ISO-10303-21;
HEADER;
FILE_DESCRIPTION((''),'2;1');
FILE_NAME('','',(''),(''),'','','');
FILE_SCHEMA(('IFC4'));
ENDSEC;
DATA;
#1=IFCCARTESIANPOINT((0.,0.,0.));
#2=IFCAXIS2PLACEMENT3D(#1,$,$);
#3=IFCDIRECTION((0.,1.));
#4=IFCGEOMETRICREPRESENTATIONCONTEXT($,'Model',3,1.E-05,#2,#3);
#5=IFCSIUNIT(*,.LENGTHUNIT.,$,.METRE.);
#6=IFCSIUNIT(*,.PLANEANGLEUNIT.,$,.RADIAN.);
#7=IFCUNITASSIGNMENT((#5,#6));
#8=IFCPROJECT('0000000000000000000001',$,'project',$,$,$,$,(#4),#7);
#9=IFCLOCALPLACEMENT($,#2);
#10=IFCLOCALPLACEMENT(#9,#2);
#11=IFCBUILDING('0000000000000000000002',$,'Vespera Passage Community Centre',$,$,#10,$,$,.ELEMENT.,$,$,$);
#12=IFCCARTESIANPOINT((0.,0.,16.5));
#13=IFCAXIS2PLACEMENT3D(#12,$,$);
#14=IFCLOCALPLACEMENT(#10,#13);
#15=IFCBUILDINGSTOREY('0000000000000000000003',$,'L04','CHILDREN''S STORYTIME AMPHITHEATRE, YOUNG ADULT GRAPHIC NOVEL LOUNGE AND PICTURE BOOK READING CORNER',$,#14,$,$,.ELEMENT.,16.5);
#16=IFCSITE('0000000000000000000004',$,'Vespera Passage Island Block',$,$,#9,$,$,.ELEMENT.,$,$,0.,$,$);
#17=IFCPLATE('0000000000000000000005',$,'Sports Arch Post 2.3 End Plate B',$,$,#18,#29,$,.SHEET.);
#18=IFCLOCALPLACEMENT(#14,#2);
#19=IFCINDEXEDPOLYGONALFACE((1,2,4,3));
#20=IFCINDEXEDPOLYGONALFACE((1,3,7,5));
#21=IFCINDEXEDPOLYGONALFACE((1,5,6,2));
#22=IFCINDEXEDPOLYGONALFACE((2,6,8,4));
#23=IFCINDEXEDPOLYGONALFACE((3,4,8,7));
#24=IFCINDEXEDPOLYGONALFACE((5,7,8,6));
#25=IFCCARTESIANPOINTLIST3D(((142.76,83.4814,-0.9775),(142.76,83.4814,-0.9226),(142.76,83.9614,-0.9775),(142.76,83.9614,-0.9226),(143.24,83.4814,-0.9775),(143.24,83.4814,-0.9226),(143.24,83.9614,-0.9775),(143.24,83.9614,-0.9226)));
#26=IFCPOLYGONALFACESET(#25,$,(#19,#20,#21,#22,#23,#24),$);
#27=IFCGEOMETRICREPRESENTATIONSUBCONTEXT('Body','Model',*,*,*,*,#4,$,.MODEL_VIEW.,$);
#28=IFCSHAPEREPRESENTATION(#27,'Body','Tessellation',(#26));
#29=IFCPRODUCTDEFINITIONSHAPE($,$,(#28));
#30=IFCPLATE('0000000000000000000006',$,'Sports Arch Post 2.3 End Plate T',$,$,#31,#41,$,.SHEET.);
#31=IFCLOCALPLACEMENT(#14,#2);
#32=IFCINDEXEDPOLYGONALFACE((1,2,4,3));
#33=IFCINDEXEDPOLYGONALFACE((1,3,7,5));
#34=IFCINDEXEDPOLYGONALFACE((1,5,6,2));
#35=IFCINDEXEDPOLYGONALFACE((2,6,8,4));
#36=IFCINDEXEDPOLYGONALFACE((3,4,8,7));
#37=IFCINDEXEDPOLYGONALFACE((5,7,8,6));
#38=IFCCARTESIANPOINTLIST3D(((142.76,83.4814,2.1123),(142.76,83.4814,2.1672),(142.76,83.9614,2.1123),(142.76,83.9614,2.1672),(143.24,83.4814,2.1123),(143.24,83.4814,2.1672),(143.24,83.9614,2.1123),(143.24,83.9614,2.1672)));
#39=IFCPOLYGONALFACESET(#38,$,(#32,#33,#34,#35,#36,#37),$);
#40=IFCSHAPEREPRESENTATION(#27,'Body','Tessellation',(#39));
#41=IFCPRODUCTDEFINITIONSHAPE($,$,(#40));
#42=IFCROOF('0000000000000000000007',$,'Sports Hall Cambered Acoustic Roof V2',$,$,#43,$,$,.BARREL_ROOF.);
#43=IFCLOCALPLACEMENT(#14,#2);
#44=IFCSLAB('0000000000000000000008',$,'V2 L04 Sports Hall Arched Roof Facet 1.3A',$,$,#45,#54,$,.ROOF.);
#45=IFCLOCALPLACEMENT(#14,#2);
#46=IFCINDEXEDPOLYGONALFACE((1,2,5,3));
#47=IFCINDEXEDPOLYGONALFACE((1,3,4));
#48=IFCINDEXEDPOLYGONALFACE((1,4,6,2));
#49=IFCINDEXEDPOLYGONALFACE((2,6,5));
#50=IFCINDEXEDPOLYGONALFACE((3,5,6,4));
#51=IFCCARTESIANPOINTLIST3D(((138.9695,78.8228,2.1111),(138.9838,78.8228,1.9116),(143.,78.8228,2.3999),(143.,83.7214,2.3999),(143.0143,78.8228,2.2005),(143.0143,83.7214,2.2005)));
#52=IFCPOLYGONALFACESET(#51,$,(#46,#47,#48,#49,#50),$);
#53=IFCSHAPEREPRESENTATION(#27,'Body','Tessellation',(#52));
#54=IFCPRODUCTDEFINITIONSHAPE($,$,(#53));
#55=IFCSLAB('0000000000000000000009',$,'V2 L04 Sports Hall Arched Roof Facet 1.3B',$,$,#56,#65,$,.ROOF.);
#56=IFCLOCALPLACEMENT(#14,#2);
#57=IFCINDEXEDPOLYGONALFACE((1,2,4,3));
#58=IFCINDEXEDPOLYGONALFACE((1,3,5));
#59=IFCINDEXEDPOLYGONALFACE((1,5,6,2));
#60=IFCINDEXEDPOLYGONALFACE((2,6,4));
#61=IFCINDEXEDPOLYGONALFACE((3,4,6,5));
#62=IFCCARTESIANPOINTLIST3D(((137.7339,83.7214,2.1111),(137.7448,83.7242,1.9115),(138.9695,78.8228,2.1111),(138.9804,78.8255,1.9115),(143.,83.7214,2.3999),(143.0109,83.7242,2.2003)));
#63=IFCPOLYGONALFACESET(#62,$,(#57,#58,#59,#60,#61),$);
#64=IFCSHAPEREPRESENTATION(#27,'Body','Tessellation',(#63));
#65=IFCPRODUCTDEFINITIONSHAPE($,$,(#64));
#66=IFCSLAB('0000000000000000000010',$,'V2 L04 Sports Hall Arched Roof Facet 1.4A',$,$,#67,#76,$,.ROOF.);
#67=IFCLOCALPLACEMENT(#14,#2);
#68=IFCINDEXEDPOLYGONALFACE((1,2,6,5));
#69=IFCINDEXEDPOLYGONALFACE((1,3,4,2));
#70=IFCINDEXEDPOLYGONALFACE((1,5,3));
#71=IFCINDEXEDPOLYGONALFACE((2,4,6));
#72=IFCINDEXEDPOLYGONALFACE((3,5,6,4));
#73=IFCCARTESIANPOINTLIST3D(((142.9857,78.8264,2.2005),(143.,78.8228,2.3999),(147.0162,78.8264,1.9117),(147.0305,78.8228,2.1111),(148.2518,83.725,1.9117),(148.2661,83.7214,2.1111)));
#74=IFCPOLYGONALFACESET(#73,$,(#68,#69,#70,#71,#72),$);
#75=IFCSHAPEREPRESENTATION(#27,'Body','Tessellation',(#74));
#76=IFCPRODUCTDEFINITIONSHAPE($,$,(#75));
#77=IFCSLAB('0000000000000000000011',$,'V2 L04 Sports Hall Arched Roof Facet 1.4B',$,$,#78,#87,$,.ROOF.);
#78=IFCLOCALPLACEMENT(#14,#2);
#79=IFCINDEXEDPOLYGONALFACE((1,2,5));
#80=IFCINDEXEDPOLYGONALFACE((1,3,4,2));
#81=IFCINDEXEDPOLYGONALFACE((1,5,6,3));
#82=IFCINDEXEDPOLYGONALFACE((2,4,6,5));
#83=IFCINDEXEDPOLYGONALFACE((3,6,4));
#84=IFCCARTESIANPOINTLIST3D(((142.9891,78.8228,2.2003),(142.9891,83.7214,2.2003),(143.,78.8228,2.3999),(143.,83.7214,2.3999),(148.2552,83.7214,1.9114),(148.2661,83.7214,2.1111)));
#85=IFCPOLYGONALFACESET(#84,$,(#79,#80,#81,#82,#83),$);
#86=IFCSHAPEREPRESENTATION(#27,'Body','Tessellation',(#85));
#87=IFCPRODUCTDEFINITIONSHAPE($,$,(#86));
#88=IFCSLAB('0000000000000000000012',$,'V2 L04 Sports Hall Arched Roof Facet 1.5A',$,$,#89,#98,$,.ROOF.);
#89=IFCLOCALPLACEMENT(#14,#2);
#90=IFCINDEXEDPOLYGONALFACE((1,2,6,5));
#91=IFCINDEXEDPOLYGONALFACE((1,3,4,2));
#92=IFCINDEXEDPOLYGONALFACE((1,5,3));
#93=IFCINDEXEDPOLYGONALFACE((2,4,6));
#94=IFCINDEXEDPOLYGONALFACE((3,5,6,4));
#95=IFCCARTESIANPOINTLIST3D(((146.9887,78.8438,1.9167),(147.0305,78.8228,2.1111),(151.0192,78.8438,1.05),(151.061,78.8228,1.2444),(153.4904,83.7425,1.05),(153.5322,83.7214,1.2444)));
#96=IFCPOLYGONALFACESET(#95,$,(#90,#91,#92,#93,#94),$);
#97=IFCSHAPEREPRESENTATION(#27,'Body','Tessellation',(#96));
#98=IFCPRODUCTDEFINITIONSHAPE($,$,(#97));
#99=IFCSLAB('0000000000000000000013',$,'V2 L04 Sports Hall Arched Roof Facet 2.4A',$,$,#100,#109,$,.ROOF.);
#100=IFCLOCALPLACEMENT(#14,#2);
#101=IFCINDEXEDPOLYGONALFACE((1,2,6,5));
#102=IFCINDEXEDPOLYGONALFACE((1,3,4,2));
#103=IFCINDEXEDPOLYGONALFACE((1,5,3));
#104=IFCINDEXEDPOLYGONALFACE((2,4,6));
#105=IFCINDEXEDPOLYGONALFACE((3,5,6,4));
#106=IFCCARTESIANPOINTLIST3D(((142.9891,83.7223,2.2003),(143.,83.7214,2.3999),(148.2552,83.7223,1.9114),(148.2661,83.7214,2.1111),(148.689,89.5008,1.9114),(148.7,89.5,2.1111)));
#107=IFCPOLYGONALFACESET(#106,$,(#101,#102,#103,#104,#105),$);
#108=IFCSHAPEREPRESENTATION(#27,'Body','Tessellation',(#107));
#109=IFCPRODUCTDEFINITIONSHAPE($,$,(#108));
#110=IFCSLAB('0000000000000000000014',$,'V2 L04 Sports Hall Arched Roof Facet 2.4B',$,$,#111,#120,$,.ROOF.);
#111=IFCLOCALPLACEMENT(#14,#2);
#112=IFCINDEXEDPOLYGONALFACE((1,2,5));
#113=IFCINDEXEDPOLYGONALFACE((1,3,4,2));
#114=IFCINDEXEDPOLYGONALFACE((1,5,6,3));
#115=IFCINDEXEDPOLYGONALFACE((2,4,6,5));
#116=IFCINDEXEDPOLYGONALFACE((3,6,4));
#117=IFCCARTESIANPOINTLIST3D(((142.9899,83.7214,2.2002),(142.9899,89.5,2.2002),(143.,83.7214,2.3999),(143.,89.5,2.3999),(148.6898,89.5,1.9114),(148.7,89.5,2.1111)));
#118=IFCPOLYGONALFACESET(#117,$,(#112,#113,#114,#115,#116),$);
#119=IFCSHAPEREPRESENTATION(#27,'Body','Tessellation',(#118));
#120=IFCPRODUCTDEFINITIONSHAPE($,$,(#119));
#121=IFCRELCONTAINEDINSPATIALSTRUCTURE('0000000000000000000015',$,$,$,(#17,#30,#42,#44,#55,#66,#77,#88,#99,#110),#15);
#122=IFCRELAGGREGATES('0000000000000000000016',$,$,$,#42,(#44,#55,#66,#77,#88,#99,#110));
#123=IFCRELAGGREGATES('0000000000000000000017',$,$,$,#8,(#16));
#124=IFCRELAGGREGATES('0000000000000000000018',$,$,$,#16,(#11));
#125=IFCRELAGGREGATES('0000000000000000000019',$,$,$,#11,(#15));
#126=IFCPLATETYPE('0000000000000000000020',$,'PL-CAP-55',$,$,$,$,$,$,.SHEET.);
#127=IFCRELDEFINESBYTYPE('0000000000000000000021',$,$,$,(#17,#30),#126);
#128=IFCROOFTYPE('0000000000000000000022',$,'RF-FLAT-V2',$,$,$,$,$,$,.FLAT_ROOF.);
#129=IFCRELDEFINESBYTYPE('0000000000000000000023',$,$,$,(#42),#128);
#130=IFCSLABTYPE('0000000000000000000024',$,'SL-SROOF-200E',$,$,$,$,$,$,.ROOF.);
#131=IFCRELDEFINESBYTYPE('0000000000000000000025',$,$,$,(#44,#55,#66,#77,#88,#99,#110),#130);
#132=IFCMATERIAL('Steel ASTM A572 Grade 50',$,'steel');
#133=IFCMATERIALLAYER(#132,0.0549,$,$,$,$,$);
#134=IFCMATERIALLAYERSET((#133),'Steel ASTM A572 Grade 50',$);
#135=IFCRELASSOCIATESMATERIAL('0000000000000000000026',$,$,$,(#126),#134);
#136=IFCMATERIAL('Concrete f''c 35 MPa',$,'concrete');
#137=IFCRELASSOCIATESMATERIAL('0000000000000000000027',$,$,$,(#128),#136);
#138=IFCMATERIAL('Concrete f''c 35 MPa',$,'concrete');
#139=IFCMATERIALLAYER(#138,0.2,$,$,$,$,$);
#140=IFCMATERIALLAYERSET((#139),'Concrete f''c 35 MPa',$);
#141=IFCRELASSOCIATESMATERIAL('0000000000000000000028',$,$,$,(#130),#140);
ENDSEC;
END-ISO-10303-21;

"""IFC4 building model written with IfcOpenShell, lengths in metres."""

from ifc_helpers import new_model, si_unit, direction, frame, origin, origin_2d, place, context, subcontext, project, spatial, polyline, rectangle, outline, extrude, material, layer, layer_set, type_object, element, aggregate, save


model = new_model("IFC4")

# Units and contexts
model_context = context("Model", 3, precision=1e-05, world=origin(), true_north=direction((0.0, 1.0)))
body_context = subcontext(model_context, "Body", "Model", "MODEL_VIEW")
ifc_project = project(units=[si_unit("LENGTHUNIT", "METRE"), si_unit("PLANEANGLEUNIT", "RADIAN")], contexts=[model_context])

# Site, building, storey
site_placement = place(None, origin())
site = spatial("IfcSite", under=ifc_project, at=site_placement, Name="Vespera Passage Island Block", CompositionType="ELEMENT", RefElevation=0.0)
building_placement = place(site_placement, origin())
building = spatial("IfcBuilding", under=site, at=building_placement, Name="Vespera Passage Community Centre", CompositionType="ELEMENT")
storey_placement = place(building_placement, frame((0.0, 0.0, 16.5)))
storey = spatial("IfcBuildingStorey", under=building, at=storey_placement, Name="L04", Description="CHILDREN'S STORYTIME AMPHITHEATRE, YOUNG ADULT GRAPHIC NOVEL LOUNGE AND PICTURE BOOK READING CORNER", CompositionType="ELEMENT", Elevation=16.5)

# Plates
ifc_material_1 = material(Name="Steel ASTM A572 Grade 50", Category="steel")
ifc_layer_1 = layer(ifc_material_1, 0.0549)
ifc_layer_set_1 = layer_set([ifc_layer_1], Name="Steel ASTM A572 Grade 50")
plate_type = type_object("IfcPlateType", Name="PL-CAP-55", PredefinedType="SHEET", material=ifc_layer_set_1)
for number, where, z_axis, x_axis, name in (
    (1, (143.0, 83.7214, -0.9775), (0.0, 0.0, 1.0), (1.0, 0.0, 0.0), "Sports Arch Post 2.3 End Plate B"),
    (2, (143.0, 83.7214, 2.1123), (0.0, 0.0, 1.0), (1.0, 0.0, 0.0), "Sports Arch Post 2.3 End Plate T"),
):
    element("IfcPlate", number, at=place(storey_placement, frame(where, z_axis=z_axis, x_axis=x_axis)), inside=storey, type_object=plate_type, Name=name, PredefinedType="SHEET", context=body_context, shape_type="SweptSolid", body=[
        extrude(rectangle(XDim=0.48, YDim=0.48, at=origin_2d()), origin(), (0.0, 0.0, 1.0), 0.0549),
    ])

# Roof, slabs
ifc_material_2 = material(Name="Concrete f'c 35 MPa", Category="concrete")
roof_type = type_object("IfcRoofType", Name="RF-FLAT-V2", PredefinedType="FLAT_ROOF", material=ifc_material_2)
roof_placement = place(storey_placement, origin())
roof = element("IfcRoof", 3, at=roof_placement, inside=storey, type_object=roof_type, Name="Sports Hall Cambered Acoustic Roof V2", PredefinedType="BARREL_ROOF")
ifc_material_3 = material(Name="Concrete f'c 35 MPa", Category="concrete")
ifc_layer_2 = layer(ifc_material_3, 0.2)
ifc_layer_set_2 = layer_set([ifc_layer_2], Name="Concrete f'c 35 MPa")
slab_type = type_object("IfcSlabType", Name="SL-SROOF-200E", PredefinedType="ROOF", material=ifc_layer_set_2)
slab_1_placement = place(storey_placement, frame((138.9695, 78.8228, 2.1111), z_axis=(-0.071475, 0.0, 0.997442), x_axis=(0.997442, 0.0, 0.071475)))
slab_1 = element("IfcSlab", 4, at=slab_1_placement, inside=storey, type_object=slab_type, Name="V2 L04 Sports Hall Arched Roof Facet 1.3A", PredefinedType="ROOF", context=body_context, shape_type="SweptSolid", body=[
    extrude(outline(polyline([(0.0, 0.0), (4.0409, 0.0), (4.0409, 4.8987), (0.0, 0.0)])), origin(), (0.0, 0.0, -1.0), 0.2),
])
slab_2_placement = place(storey_placement, frame((138.9695, 78.8228, 2.1111), z_axis=(-0.054757, -0.013811, 0.998404), x_axis=(0.634703, 0.771417, 0.045481)))
slab_2 = element("IfcSlab", 5, at=slab_2_placement, inside=storey, type_object=slab_type, Name="V2 L04 Sports Hall Arched Roof Facet 1.3B", PredefinedType="ROOF", context=body_context, shape_type="SweptSolid", body=[
    extrude(outline(polyline([(0.0, 0.0), (6.3502, 0.0), (2.9947, 4.0689), (0.0, 0.0)])), origin(), (0.0, 0.0, -1.0), 0.2),
])
slab_3_placement = place(storey_placement, frame((143.0, 78.8228, 2.3999), z_axis=(0.071463, -0.018025, 0.99728), x_axis=(0.997442, 0.0, -0.071475)))
slab_3 = element("IfcSlab", 6, at=slab_3_placement, inside=storey, type_object=slab_type, Name="V2 L04 Sports Hall Arched Roof Facet 1.4A", PredefinedType="ROOF", context=body_context, shape_type="SweptSolid", body=[
    extrude(outline(polyline([(0.0, 0.0), (4.0409, 0.0), (5.2733, 4.8995), (0.0, 0.0)])), origin(), (0.0, 0.0, -1.0), 0.2),
])
slab_4_placement = place(storey_placement, frame((143.0, 78.8228, 2.3999), z_axis=(0.054762, 0.0, 0.998499), x_axis=(0.731599, 0.680553, -0.040124)))
slab_4 = element("IfcSlab", 7, at=slab_4_placement, inside=storey, type_object=slab_type, Name="V2 L04 Sports Hall Arched Roof Facet 1.4B", PredefinedType="ROOF", context=body_context, shape_type="SweptSolid", body=[
    extrude(outline(polyline([(0.0, 0.0), (7.1981, 0.0), (3.3338, 3.5893), (0.0, 0.0)])), origin(), (0.0, 0.0, -1.0), 0.2),
])
slab_5_placement = place(storey_placement, frame((147.0305, 78.8228, 2.1111), z_axis=(0.209056, -0.105461, 0.9722), x_axis=(0.977652, 0.0, -0.210229)))
slab_5 = element("IfcSlab", 8, at=slab_5_placement, inside=storey, type_object=slab_type, Name="V2 L04 Sports Hall Arched Roof Facet 1.5A", PredefinedType="ROOF", context=body_context, shape_type="SweptSolid", body=[
    extrude(outline(polyline([(0.0, 0.0), (4.1226, 0.0), (6.5386, 4.9262), (0.0, 0.0)])), origin(), (0.0, 0.0, -1.0), 0.2),
])
slab_6_placement = place(storey_placement, frame((143.0, 83.7214, 2.3999), z_axis=(0.054762, -0.004111, 0.998491), x_axis=(0.998499, 0.0, -0.054762)))
slab_6 = element("IfcSlab", 9, at=slab_6_placement, inside=storey, type_object=slab_type, Name="V2 L04 Sports Hall Arched Roof Facet 2.4A", PredefinedType="ROOF", context=body_context, shape_type="SweptSolid", body=[
    extrude(outline(polyline([(0.0, 0.0), (5.274, 0.0), (5.7072, 5.7786), (0.0, 0.0)])), origin(), (0.0, 0.0, -1.0), 0.2),
])
slab_7_placement = place(storey_placement, frame((143.0, 83.7214, 2.3999), z_axis=(0.050605, 0.0, 0.998719), x_axis=(0.701803, 0.711483, -0.035561)))
slab_7 = element("IfcSlab", 10, at=slab_7_placement, inside=storey, type_object=slab_type, Name="V2 L04 Sports Hall Arched Roof Facet 2.4B", PredefinedType="ROOF", context=body_context, shape_type="SweptSolid", body=[
    extrude(outline(polyline([(0.0, 0.0), (8.1219, 0.0), (4.1113, 4.0606), (0.0, 0.0)])), origin(), (0.0, 0.0, -1.0), 0.2),
])
aggregate(roof, [slab_1, slab_2, slab_3, slab_4, slab_5, slab_6, slab_7])

save(model, "model.ifc")
